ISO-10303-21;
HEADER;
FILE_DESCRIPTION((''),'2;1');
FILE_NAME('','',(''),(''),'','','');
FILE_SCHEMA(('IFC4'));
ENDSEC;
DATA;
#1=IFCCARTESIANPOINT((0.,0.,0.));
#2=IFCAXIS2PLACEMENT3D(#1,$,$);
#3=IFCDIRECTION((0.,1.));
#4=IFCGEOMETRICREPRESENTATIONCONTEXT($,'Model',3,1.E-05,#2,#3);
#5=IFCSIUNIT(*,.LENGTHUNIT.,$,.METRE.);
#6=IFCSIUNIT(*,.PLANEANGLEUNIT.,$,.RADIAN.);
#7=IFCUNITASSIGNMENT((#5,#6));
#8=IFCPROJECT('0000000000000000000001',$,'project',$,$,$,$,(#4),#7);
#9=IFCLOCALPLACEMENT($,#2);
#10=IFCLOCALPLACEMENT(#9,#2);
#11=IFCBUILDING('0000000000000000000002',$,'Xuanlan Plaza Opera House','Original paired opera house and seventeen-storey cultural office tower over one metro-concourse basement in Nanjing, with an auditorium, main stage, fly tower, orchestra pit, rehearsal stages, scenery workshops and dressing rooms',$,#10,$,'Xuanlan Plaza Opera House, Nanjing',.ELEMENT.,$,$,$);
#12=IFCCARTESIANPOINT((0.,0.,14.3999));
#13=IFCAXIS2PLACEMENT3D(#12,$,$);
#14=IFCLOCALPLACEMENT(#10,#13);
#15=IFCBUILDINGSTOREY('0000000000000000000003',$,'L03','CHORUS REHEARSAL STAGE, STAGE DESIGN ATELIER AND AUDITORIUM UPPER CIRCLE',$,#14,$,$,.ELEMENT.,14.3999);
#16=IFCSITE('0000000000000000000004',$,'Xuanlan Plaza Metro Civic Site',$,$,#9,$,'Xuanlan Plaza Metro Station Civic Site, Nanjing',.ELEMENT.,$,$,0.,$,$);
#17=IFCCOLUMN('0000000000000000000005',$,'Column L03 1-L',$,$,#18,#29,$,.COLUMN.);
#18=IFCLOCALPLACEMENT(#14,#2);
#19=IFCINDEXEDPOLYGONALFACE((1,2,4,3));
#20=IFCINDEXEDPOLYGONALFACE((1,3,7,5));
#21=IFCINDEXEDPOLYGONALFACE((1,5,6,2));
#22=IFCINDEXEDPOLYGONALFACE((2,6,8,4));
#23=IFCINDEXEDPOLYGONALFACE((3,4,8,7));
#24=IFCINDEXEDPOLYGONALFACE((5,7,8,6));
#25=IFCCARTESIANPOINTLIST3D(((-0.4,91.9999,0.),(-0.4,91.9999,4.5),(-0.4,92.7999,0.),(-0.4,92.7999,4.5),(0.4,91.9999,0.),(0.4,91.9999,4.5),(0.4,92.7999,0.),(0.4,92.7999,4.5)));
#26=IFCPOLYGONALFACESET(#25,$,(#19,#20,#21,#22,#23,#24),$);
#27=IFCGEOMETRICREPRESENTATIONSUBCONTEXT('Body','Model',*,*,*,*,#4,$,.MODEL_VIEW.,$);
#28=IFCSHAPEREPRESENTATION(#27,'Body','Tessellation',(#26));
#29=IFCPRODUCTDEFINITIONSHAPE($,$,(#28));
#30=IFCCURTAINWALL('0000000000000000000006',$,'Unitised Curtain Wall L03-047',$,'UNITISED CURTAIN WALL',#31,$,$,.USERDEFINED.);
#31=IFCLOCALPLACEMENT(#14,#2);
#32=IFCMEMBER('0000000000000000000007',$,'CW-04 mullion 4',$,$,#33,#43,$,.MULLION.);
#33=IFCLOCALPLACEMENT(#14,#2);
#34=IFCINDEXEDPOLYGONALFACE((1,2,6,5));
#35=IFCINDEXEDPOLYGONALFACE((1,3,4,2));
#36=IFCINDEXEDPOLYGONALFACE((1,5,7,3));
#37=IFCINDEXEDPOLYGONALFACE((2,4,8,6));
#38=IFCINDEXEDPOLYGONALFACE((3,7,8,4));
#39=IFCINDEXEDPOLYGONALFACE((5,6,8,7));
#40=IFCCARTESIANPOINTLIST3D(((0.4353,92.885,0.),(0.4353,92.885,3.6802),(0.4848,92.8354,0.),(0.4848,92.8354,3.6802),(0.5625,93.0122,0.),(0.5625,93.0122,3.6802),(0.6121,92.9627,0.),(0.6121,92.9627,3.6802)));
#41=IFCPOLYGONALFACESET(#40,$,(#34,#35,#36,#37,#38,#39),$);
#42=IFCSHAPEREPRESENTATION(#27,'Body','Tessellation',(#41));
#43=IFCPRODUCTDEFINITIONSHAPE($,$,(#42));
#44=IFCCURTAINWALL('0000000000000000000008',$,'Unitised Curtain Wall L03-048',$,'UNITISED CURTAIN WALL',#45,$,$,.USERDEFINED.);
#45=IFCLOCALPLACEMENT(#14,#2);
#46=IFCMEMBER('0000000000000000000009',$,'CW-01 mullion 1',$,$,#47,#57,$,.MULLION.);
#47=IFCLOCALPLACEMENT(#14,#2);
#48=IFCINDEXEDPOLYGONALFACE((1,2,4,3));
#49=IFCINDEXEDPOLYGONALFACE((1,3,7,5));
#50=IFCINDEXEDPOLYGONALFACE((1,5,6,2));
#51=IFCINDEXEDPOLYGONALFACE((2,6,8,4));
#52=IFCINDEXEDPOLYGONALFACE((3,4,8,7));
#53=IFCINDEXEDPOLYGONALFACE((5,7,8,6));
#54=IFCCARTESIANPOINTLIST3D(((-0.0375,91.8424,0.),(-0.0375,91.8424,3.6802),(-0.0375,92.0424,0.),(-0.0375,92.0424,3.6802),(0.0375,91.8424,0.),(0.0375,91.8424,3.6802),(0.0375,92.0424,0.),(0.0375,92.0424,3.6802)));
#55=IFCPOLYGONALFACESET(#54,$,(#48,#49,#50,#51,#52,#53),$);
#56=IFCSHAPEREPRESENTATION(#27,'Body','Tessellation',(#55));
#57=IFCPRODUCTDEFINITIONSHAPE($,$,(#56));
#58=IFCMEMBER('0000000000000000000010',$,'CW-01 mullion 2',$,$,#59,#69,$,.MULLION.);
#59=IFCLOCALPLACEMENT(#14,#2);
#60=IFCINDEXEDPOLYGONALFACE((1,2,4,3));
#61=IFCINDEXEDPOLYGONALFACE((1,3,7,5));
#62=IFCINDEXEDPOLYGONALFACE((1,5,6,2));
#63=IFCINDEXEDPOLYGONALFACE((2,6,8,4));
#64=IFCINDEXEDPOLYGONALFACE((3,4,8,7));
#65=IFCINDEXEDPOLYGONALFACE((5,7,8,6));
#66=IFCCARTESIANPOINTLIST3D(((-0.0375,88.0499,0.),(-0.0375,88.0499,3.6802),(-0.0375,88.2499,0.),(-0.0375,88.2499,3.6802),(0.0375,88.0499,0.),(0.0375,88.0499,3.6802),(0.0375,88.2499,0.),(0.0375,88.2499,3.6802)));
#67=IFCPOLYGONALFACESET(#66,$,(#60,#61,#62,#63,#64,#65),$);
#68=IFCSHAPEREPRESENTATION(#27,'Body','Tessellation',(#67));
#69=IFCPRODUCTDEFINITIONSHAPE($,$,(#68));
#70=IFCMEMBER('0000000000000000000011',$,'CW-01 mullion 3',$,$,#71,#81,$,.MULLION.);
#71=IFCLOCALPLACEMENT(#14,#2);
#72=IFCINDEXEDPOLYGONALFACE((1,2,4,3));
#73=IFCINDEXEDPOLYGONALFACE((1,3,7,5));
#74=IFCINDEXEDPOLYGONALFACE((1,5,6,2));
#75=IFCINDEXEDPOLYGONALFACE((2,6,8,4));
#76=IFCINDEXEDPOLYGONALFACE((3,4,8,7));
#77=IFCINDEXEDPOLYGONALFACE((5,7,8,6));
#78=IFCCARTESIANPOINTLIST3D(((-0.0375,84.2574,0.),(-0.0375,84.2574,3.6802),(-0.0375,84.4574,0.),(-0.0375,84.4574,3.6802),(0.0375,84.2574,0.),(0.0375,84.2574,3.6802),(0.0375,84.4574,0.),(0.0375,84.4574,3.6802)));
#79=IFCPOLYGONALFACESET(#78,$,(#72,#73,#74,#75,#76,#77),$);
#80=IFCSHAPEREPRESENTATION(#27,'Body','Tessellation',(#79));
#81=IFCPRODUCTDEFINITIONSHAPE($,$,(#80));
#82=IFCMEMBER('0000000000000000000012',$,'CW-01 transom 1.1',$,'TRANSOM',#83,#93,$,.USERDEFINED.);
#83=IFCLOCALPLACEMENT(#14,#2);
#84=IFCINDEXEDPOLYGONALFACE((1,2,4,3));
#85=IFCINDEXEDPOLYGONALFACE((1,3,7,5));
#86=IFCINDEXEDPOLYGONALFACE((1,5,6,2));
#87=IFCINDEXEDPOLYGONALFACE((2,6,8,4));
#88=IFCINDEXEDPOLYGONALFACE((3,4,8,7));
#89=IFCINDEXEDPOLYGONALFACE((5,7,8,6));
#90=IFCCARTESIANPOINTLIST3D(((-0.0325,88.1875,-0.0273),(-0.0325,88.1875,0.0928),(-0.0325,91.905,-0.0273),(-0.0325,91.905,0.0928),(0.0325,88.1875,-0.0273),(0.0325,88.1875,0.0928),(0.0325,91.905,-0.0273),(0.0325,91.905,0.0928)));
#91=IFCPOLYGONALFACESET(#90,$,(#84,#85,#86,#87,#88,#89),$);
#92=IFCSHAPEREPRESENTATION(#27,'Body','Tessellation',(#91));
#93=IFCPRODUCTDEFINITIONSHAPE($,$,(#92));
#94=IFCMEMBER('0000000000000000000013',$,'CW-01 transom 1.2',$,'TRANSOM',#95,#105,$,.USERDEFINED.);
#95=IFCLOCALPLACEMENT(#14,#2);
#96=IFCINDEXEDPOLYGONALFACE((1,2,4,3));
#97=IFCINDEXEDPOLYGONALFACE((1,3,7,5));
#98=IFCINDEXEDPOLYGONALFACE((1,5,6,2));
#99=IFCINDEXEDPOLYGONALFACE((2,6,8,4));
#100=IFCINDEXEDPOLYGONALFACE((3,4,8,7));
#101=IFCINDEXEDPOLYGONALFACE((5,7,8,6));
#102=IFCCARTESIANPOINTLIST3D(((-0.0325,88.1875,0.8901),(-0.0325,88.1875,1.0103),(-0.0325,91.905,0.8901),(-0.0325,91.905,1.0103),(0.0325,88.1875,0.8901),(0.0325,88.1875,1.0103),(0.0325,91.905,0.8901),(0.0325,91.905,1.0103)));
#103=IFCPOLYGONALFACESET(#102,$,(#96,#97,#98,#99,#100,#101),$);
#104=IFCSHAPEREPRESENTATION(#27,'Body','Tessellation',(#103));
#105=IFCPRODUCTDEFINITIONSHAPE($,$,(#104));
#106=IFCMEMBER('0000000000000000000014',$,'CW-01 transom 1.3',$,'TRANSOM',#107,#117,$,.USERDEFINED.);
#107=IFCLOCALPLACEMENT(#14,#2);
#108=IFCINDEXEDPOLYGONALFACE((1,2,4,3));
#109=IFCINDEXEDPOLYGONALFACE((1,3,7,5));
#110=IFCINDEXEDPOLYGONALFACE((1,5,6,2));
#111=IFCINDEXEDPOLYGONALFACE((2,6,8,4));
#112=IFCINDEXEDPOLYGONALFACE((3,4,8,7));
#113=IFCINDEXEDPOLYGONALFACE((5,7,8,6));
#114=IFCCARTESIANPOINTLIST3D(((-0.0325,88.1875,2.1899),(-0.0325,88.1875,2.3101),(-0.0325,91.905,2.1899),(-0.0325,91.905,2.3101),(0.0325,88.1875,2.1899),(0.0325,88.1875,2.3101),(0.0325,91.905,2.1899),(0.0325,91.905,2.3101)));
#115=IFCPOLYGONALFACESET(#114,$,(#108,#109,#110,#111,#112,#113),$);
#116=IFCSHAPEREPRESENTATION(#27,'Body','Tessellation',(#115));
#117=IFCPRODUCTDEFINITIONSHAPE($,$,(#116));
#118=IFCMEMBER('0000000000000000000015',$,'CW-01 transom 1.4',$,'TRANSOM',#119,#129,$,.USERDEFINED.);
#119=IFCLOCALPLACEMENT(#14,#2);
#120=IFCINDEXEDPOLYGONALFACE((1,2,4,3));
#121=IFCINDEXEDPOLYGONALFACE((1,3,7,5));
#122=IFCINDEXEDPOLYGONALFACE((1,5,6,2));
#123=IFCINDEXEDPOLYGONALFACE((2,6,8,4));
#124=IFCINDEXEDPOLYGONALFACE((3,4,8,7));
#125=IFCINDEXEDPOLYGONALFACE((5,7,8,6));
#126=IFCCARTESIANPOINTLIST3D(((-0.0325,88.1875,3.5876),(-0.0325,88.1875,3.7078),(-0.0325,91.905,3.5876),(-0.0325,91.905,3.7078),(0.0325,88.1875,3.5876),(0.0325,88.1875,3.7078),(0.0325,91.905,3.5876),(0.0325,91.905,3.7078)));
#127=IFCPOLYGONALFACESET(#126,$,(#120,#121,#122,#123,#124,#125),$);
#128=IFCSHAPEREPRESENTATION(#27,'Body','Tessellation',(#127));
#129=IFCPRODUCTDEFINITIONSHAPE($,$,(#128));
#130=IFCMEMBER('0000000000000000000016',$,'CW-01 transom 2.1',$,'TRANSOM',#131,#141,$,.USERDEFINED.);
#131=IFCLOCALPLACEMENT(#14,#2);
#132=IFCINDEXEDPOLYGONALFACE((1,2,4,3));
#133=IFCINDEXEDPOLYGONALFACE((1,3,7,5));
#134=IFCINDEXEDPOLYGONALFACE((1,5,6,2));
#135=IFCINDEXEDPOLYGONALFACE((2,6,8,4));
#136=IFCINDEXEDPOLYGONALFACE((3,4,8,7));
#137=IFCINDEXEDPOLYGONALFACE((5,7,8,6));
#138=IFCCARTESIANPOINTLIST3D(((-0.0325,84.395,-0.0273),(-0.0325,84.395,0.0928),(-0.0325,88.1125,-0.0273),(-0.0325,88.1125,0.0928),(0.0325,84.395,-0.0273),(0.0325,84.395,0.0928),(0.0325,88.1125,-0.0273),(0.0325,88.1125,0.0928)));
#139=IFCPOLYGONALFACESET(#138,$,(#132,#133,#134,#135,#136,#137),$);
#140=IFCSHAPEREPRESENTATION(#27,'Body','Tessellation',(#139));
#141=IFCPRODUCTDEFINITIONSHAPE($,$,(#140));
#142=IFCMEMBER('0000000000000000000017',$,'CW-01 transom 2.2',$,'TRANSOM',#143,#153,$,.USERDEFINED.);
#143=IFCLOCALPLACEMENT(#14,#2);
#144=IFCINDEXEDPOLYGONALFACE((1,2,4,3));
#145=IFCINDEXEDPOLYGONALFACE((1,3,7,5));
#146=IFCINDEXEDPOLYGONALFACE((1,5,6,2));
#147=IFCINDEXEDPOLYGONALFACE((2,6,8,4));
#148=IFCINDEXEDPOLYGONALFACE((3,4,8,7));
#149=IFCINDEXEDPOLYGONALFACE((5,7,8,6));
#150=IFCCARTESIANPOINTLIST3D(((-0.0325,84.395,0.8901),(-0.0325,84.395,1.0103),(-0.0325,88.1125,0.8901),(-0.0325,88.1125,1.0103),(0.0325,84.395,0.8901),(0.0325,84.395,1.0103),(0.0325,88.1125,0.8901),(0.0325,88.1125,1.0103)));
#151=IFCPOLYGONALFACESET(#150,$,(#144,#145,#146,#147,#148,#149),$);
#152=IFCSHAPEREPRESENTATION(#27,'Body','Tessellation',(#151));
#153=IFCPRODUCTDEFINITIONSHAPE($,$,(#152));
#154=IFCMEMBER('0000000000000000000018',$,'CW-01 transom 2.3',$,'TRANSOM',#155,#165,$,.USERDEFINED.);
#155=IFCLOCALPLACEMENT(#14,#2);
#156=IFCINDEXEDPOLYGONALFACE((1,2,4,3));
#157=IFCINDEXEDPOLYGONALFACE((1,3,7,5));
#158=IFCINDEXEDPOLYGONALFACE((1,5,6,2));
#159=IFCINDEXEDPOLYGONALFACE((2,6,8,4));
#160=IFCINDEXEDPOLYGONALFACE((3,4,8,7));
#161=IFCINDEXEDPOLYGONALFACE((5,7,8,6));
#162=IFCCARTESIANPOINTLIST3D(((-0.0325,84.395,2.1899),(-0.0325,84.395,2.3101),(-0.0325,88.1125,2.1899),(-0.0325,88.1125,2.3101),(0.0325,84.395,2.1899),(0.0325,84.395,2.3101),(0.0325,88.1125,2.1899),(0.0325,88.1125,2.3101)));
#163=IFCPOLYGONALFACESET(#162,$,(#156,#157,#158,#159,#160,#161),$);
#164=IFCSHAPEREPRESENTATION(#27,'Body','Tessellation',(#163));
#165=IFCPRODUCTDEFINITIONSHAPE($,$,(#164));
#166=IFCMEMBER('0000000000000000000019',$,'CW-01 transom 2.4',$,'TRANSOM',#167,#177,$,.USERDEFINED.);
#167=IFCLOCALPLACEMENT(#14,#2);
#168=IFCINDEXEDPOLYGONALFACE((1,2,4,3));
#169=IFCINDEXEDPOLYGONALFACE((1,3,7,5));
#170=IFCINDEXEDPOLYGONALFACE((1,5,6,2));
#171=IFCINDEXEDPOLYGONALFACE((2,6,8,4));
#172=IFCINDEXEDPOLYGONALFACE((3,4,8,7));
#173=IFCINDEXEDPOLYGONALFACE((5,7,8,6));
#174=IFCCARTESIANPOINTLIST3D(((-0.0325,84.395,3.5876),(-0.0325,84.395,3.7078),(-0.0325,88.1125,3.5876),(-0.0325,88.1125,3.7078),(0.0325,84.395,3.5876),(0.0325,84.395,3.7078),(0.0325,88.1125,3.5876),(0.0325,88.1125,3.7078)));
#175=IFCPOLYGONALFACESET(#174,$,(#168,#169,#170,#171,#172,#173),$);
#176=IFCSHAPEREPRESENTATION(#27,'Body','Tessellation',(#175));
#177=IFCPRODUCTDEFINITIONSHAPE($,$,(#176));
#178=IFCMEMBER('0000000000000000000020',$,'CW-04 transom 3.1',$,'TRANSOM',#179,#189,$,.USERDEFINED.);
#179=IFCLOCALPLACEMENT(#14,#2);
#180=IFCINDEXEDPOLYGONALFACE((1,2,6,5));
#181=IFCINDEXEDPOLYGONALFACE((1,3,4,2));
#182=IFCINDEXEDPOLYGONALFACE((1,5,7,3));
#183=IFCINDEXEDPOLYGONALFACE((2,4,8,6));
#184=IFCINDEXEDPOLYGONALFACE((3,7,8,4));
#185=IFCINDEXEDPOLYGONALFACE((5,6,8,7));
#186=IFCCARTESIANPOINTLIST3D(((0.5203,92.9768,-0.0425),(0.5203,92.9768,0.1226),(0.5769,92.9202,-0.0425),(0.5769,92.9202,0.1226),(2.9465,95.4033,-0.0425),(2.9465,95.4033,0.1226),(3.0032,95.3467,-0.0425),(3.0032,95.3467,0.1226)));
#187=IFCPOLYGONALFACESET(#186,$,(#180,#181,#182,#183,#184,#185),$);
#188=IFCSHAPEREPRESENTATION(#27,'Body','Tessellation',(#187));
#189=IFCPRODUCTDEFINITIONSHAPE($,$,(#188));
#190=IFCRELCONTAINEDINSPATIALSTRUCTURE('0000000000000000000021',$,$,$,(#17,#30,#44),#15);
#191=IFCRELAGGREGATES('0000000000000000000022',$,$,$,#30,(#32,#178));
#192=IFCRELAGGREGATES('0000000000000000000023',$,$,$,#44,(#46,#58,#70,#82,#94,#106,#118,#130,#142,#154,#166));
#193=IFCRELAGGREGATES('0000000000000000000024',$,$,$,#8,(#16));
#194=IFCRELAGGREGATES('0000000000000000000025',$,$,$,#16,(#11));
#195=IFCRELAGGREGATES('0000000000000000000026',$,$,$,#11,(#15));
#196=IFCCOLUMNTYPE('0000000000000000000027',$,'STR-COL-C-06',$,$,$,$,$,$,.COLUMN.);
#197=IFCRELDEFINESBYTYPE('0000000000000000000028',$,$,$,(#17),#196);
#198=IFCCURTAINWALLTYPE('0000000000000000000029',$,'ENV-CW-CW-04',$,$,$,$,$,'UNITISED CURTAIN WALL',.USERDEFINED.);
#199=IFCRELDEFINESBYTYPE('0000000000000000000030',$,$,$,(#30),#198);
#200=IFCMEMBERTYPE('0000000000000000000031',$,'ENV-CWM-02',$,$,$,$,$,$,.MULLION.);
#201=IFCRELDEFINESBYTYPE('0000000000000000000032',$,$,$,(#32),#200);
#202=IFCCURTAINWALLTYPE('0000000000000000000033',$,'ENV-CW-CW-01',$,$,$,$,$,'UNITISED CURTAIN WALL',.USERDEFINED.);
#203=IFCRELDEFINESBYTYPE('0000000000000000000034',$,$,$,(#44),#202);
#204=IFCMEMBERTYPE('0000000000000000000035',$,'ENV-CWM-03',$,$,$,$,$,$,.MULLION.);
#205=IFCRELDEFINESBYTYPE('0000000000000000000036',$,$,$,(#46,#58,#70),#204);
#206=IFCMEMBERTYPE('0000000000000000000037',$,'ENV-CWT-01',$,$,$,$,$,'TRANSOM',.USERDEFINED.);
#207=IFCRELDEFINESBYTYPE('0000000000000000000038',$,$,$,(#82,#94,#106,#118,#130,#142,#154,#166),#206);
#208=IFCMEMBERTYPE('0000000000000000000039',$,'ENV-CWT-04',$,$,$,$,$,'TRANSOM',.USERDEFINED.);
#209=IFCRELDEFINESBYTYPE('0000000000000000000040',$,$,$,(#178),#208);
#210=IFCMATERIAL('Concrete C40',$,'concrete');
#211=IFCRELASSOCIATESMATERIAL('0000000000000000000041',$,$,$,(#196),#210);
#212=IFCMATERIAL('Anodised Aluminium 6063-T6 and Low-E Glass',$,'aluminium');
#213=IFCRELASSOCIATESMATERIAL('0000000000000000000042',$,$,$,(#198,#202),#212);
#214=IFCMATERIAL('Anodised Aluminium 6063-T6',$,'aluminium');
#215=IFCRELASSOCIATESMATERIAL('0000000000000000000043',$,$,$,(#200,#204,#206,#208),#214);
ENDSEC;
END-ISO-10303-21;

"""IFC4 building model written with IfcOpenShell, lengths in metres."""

from ifc_helpers import new_model, si_unit, direction, frame, origin, origin_2d, place, context, subcontext, project, spatial, rectangle, extrude, material, material_profile, profile_set, type_object, element, aggregate, save


model = new_model("IFC4")

# Units and contexts
model_context = context("Model", 3, precision=1e-05, world=origin(), true_north=direction((0.0, 1.0)))
body_context = subcontext(model_context, "Body", "Model", "MODEL_VIEW")
ifc_project = project(units=[si_unit("LENGTHUNIT", "METRE"), si_unit("PLANEANGLEUNIT", "RADIAN")], contexts=[model_context])

# Site, building, storey
site_placement = place(None, origin())
site = spatial("IfcSite", under=ifc_project, at=site_placement, Name="Xuanlan Plaza Metro Civic Site", LongName="Xuanlan Plaza Metro Station Civic Site, Nanjing", CompositionType="ELEMENT", RefElevation=0.0)
building_placement = place(site_placement, origin())
building = spatial("IfcBuilding", under=site, at=building_placement, Name="Xuanlan Plaza Opera House", Description="Original paired opera house and seventeen-storey cultural office tower over one metro-concourse basement in Nanjing, with an auditorium, main stage, fly tower, orchestra pit, rehearsal stages, scenery workshops and dressing rooms", LongName="Xuanlan Plaza Opera House, Nanjing", CompositionType="ELEMENT")
storey_placement = place(building_placement, frame((0.0, 0.0, 14.3999)))
storey = spatial("IfcBuildingStorey", under=building, at=storey_placement, Name="L03", Description="CHORUS REHEARSAL STAGE, STAGE DESIGN ATELIER AND AUDITORIUM UPPER CIRCLE", CompositionType="ELEMENT", Elevation=14.3999)

# Column
ifc_material_1 = material(Name="Concrete C40", Category="concrete")
ifc_material_profile_1 = material_profile(ifc_material_1, rectangle(XDim=0.8, YDim=0.8, at=origin_2d()), Name="RC-COL 800x800")
ifc_profile_set_1 = profile_set([ifc_material_profile_1], Name="Concrete C40")
column_type = type_object("IfcColumnType", Name="STR-COL-C-06", PredefinedType="COLUMN", material=ifc_profile_set_1)
column_placement = place(storey_placement, frame((0.0, 92.3999, 0.0), z_axis=(0.0, 0.0, 1.0), x_axis=(1.0, 0.0, 0.0)))
element("IfcColumn", 1, at=column_placement, inside=storey, type_object=column_type, Name="Column L03 1-L", PredefinedType="COLUMN", context=body_context, shape_type="SweptSolid", body=[
    extrude(rectangle(XDim=0.8, YDim=0.8, at=origin_2d()), origin(), (0.0, 0.0, 1.0), 4.5),
])

# Curtain wall, member
ifc_material_2 = material(Name="Anodised Aluminium 6063-T6 and Low-E Glass", Category="aluminium")
curtain_wall_type_1 = type_object("IfcCurtainWallType", Name="ENV-CW-CW-04", ElementType="UNITISED CURTAIN WALL", PredefinedType="USERDEFINED", material=ifc_material_2)
curtain_wall_1_placement = place(storey_placement, origin())
curtain_wall_1 = element("IfcCurtainWall", 2, at=curtain_wall_1_placement, inside=storey, type_object=curtain_wall_type_1, Name="Unitised Curtain Wall L03-047", ObjectType="UNITISED CURTAIN WALL", PredefinedType="USERDEFINED")
ifc_material_3 = material(Name="Anodised Aluminium 6063-T6", Category="aluminium")
ifc_material_profile_2 = material_profile(ifc_material_3, rectangle(XDim=0.0701, YDim=0.1799, at=origin_2d()), Name="ALU-M 70x180")
ifc_profile_set_2 = profile_set([ifc_material_profile_2], Name="Anodised Aluminium 6063-T6")
member_type_1 = type_object("IfcMemberType", Name="ENV-CWM-02", PredefinedType="MULLION", material=ifc_profile_set_2)
member_1_placement = place(storey_placement, frame((0.5237, 92.9238, 0.0), z_axis=(0.0, 0.0, 1.0), x_axis=(0.707107, -0.707107, 0.0)))
member_1 = element("IfcMember", 3, at=member_1_placement, type_object=member_type_1, Name="CW-04 mullion 4", PredefinedType="MULLION", context=body_context, shape_type="SweptSolid", body=[
    extrude(rectangle(XDim=0.0701, YDim=0.1799, at=origin_2d()), origin(), (0.0, 0.0, 1.0), 3.6802),
])

# Curtain wall, members
curtain_wall_type_2 = type_object("IfcCurtainWallType", Name="ENV-CW-CW-01", ElementType="UNITISED CURTAIN WALL", PredefinedType="USERDEFINED", material=ifc_material_2)
curtain_wall_2_placement = place(storey_placement, origin())
curtain_wall_2 = element("IfcCurtainWall", 4, at=curtain_wall_2_placement, inside=storey, type_object=curtain_wall_type_2, Name="Unitised Curtain Wall L03-048", ObjectType="UNITISED CURTAIN WALL", PredefinedType="USERDEFINED")
ifc_material_profile_3 = material_profile(ifc_material_3, rectangle(XDim=0.075, YDim=0.2, at=origin_2d()), Name="ALU-M 75x200")
ifc_profile_set_3 = profile_set([ifc_material_profile_3], Name="Anodised Aluminium 6063-T6")
member_type_2 = type_object("IfcMemberType", Name="ENV-CWM-03", PredefinedType="MULLION", material=ifc_profile_set_3)
member_2_placement = place(storey_placement, frame((0.0, 91.9424, 0.0), z_axis=(0.0, 0.0, 1.0), x_axis=(1.0, 0.0, 0.0)))
member_2 = element("IfcMember", 5, at=member_2_placement, type_object=member_type_2, Name="CW-01 mullion 1", PredefinedType="MULLION", context=body_context, shape_type="SweptSolid", body=[
    extrude(rectangle(XDim=0.075, YDim=0.2, at=origin_2d()), origin(), (0.0, 0.0, 1.0), 3.6802),
])
member_3_placement = place(storey_placement, frame((0.0, 88.1499, 0.0), z_axis=(0.0, 0.0, 1.0), x_axis=(1.0, 0.0, 0.0)))
member_3 = element("IfcMember", 6, at=member_3_placement, type_object=member_type_2, Name="CW-01 mullion 2", PredefinedType="MULLION", context=body_context, shape_type="SweptSolid", body=[
    extrude(rectangle(XDim=0.075, YDim=0.2, at=origin_2d()), origin(), (0.0, 0.0, 1.0), 3.6802),
])
member_4_placement = place(storey_placement, frame((0.0, 84.3574, 0.0), z_axis=(0.0, 0.0, 1.0), x_axis=(1.0, 0.0, 0.0)))
member_4 = element("IfcMember", 7, at=member_4_placement, type_object=member_type_2, Name="CW-01 mullion 3", PredefinedType="MULLION", context=body_context, shape_type="SweptSolid", body=[
    extrude(rectangle(XDim=0.075, YDim=0.2, at=origin_2d()), origin(), (0.0, 0.0, 1.0), 3.6802),
])
ifc_material_profile_4 = material_profile(ifc_material_3, rectangle(XDim=0.0649, YDim=0.1201, at=origin_2d()), Name="ALU-T 65x120")
ifc_profile_set_4 = profile_set([ifc_material_profile_4], Name="Anodised Aluminium 6063-T6")
member_type_3 = type_object("IfcMemberType", Name="ENV-CWT-01", ElementType="TRANSOM", PredefinedType="USERDEFINED", material=ifc_profile_set_4)
member_5_placement = place(storey_placement, frame((0.0, 91.905, 0.0327), z_axis=(0.0, -1.0, 0.0), x_axis=(1.0, 0.0, 0.0)))
member_5 = element("IfcMember", 8, at=member_5_placement, type_object=member_type_3, Name="CW-01 transom 1.1", ObjectType="TRANSOM", PredefinedType="USERDEFINED", context=body_context, shape_type="SweptSolid", body=[
    extrude(rectangle(XDim=0.0649, YDim=0.1201, at=origin_2d()), origin(), (0.0, 0.0, 1.0), 3.7175),
])
member_6_placement = place(storey_placement, frame((0.0, 91.905, 0.9502), z_axis=(0.0, -1.0, 0.0), x_axis=(1.0, 0.0, 0.0)))
member_6 = element("IfcMember", 9, at=member_6_placement, type_object=member_type_3, Name="CW-01 transom 1.2", ObjectType="TRANSOM", PredefinedType="USERDEFINED", context=body_context, shape_type="SweptSolid", body=[
    extrude(rectangle(XDim=0.0649, YDim=0.1201, at=origin_2d()), origin(), (0.0, 0.0, 1.0), 3.7175),
])
member_7_placement = place(storey_placement, frame((0.0, 91.905, 2.25), z_axis=(0.0, -1.0, 0.0), x_axis=(1.0, 0.0, 0.0)))
member_7 = element("IfcMember", 10, at=member_7_placement, type_object=member_type_3, Name="CW-01 transom 1.3", ObjectType="TRANSOM", PredefinedType="USERDEFINED", context=body_context, shape_type="SweptSolid", body=[
    extrude(rectangle(XDim=0.0649, YDim=0.1201, at=origin_2d()), origin(), (0.0, 0.0, 1.0), 3.7175),
])
member_8_placement = place(storey_placement, frame((0.0, 91.905, 3.6477), z_axis=(0.0, -1.0, 0.0), x_axis=(1.0, 0.0, 0.0)))
member_8 = element("IfcMember", 11, at=member_8_placement, type_object=member_type_3, Name="CW-01 transom 1.4", ObjectType="TRANSOM", PredefinedType="USERDEFINED", context=body_context, shape_type="SweptSolid", body=[
    extrude(rectangle(XDim=0.0649, YDim=0.1201, at=origin_2d()), origin(), (0.0, 0.0, 1.0), 3.7175),
])
member_9_placement = place(storey_placement, frame((0.0, 88.1125, 0.0327), z_axis=(0.0, -1.0, 0.0), x_axis=(1.0, 0.0, 0.0)))
member_9 = element("IfcMember", 12, at=member_9_placement, type_object=member_type_3, Name="CW-01 transom 2.1", ObjectType="TRANSOM", PredefinedType="USERDEFINED", context=body_context, shape_type="SweptSolid", body=[
    extrude(rectangle(XDim=0.0649, YDim=0.1201, at=origin_2d()), origin(), (0.0, 0.0, 1.0), 3.7175),
])
member_10_placement = place(storey_placement, frame((0.0, 88.1125, 0.9502), z_axis=(0.0, -1.0, 0.0), x_axis=(1.0, 0.0, 0.0)))
member_10 = element("IfcMember", 13, at=member_10_placement, type_object=member_type_3, Name="CW-01 transom 2.2", ObjectType="TRANSOM", PredefinedType="USERDEFINED", context=body_context, shape_type="SweptSolid", body=[
    extrude(rectangle(XDim=0.0649, YDim=0.1201, at=origin_2d()), origin(), (0.0, 0.0, 1.0), 3.7175),
])
member_11_placement = place(storey_placement, frame((0.0, 88.1125, 2.25), z_axis=(0.0, -1.0, 0.0), x_axis=(1.0, 0.0, 0.0)))
member_11 = element("IfcMember", 14, at=member_11_placement, type_object=member_type_3, Name="CW-01 transom 2.3", ObjectType="TRANSOM", PredefinedType="USERDEFINED", context=body_context, shape_type="SweptSolid", body=[
    extrude(rectangle(XDim=0.0649, YDim=0.1201, at=origin_2d()), origin(), (0.0, 0.0, 1.0), 3.7175),
])
member_12_placement = place(storey_placement, frame((0.0, 88.1125, 3.6477), z_axis=(0.0, -1.0, 0.0), x_axis=(1.0, 0.0, 0.0)))
member_12 = element("IfcMember", 15, at=member_12_placement, type_object=member_type_3, Name="CW-01 transom 2.4", ObjectType="TRANSOM", PredefinedType="USERDEFINED", context=body_context, shape_type="SweptSolid", body=[
    extrude(rectangle(XDim=0.0649, YDim=0.1201, at=origin_2d()), origin(), (0.0, 0.0, 1.0), 3.7175),
])

# Member
ifc_material_profile_5 = material_profile(ifc_material_3, rectangle(XDim=0.0801, YDim=0.165, at=origin_2d()), Name="ALU-T 80x165")
ifc_profile_set_5 = profile_set([ifc_material_profile_5], Name="Anodised Aluminium 6063-T6")
member_type_4 = type_object("IfcMemberType", Name="ENV-CWT-04", ElementType="TRANSOM", PredefinedType="USERDEFINED", material=ifc_profile_set_5)
member_13_placement = place(storey_placement, frame((2.9749, 95.375, 0.04), z_axis=(-0.707071, -0.707142, 0.0), x_axis=(0.707142, -0.707071, 0.0)))
member_13 = element("IfcMember", 16, at=member_13_placement, type_object=member_type_4, Name="CW-04 transom 3.1", ObjectType="TRANSOM", PredefinedType="USERDEFINED", context=body_context, shape_type="SweptSolid", body=[
    extrude(rectangle(XDim=0.0801, YDim=0.165, at=origin_2d()), origin(), (0.0, 0.0, 1.0), 3.4314),
])

aggregate(curtain_wall_1, [member_1, member_13])
aggregate(curtain_wall_2, [member_2, member_3, member_4, member_5, member_6, member_7, member_8, member_9, member_10, member_11, member_12])

save(model, "model.ifc")
